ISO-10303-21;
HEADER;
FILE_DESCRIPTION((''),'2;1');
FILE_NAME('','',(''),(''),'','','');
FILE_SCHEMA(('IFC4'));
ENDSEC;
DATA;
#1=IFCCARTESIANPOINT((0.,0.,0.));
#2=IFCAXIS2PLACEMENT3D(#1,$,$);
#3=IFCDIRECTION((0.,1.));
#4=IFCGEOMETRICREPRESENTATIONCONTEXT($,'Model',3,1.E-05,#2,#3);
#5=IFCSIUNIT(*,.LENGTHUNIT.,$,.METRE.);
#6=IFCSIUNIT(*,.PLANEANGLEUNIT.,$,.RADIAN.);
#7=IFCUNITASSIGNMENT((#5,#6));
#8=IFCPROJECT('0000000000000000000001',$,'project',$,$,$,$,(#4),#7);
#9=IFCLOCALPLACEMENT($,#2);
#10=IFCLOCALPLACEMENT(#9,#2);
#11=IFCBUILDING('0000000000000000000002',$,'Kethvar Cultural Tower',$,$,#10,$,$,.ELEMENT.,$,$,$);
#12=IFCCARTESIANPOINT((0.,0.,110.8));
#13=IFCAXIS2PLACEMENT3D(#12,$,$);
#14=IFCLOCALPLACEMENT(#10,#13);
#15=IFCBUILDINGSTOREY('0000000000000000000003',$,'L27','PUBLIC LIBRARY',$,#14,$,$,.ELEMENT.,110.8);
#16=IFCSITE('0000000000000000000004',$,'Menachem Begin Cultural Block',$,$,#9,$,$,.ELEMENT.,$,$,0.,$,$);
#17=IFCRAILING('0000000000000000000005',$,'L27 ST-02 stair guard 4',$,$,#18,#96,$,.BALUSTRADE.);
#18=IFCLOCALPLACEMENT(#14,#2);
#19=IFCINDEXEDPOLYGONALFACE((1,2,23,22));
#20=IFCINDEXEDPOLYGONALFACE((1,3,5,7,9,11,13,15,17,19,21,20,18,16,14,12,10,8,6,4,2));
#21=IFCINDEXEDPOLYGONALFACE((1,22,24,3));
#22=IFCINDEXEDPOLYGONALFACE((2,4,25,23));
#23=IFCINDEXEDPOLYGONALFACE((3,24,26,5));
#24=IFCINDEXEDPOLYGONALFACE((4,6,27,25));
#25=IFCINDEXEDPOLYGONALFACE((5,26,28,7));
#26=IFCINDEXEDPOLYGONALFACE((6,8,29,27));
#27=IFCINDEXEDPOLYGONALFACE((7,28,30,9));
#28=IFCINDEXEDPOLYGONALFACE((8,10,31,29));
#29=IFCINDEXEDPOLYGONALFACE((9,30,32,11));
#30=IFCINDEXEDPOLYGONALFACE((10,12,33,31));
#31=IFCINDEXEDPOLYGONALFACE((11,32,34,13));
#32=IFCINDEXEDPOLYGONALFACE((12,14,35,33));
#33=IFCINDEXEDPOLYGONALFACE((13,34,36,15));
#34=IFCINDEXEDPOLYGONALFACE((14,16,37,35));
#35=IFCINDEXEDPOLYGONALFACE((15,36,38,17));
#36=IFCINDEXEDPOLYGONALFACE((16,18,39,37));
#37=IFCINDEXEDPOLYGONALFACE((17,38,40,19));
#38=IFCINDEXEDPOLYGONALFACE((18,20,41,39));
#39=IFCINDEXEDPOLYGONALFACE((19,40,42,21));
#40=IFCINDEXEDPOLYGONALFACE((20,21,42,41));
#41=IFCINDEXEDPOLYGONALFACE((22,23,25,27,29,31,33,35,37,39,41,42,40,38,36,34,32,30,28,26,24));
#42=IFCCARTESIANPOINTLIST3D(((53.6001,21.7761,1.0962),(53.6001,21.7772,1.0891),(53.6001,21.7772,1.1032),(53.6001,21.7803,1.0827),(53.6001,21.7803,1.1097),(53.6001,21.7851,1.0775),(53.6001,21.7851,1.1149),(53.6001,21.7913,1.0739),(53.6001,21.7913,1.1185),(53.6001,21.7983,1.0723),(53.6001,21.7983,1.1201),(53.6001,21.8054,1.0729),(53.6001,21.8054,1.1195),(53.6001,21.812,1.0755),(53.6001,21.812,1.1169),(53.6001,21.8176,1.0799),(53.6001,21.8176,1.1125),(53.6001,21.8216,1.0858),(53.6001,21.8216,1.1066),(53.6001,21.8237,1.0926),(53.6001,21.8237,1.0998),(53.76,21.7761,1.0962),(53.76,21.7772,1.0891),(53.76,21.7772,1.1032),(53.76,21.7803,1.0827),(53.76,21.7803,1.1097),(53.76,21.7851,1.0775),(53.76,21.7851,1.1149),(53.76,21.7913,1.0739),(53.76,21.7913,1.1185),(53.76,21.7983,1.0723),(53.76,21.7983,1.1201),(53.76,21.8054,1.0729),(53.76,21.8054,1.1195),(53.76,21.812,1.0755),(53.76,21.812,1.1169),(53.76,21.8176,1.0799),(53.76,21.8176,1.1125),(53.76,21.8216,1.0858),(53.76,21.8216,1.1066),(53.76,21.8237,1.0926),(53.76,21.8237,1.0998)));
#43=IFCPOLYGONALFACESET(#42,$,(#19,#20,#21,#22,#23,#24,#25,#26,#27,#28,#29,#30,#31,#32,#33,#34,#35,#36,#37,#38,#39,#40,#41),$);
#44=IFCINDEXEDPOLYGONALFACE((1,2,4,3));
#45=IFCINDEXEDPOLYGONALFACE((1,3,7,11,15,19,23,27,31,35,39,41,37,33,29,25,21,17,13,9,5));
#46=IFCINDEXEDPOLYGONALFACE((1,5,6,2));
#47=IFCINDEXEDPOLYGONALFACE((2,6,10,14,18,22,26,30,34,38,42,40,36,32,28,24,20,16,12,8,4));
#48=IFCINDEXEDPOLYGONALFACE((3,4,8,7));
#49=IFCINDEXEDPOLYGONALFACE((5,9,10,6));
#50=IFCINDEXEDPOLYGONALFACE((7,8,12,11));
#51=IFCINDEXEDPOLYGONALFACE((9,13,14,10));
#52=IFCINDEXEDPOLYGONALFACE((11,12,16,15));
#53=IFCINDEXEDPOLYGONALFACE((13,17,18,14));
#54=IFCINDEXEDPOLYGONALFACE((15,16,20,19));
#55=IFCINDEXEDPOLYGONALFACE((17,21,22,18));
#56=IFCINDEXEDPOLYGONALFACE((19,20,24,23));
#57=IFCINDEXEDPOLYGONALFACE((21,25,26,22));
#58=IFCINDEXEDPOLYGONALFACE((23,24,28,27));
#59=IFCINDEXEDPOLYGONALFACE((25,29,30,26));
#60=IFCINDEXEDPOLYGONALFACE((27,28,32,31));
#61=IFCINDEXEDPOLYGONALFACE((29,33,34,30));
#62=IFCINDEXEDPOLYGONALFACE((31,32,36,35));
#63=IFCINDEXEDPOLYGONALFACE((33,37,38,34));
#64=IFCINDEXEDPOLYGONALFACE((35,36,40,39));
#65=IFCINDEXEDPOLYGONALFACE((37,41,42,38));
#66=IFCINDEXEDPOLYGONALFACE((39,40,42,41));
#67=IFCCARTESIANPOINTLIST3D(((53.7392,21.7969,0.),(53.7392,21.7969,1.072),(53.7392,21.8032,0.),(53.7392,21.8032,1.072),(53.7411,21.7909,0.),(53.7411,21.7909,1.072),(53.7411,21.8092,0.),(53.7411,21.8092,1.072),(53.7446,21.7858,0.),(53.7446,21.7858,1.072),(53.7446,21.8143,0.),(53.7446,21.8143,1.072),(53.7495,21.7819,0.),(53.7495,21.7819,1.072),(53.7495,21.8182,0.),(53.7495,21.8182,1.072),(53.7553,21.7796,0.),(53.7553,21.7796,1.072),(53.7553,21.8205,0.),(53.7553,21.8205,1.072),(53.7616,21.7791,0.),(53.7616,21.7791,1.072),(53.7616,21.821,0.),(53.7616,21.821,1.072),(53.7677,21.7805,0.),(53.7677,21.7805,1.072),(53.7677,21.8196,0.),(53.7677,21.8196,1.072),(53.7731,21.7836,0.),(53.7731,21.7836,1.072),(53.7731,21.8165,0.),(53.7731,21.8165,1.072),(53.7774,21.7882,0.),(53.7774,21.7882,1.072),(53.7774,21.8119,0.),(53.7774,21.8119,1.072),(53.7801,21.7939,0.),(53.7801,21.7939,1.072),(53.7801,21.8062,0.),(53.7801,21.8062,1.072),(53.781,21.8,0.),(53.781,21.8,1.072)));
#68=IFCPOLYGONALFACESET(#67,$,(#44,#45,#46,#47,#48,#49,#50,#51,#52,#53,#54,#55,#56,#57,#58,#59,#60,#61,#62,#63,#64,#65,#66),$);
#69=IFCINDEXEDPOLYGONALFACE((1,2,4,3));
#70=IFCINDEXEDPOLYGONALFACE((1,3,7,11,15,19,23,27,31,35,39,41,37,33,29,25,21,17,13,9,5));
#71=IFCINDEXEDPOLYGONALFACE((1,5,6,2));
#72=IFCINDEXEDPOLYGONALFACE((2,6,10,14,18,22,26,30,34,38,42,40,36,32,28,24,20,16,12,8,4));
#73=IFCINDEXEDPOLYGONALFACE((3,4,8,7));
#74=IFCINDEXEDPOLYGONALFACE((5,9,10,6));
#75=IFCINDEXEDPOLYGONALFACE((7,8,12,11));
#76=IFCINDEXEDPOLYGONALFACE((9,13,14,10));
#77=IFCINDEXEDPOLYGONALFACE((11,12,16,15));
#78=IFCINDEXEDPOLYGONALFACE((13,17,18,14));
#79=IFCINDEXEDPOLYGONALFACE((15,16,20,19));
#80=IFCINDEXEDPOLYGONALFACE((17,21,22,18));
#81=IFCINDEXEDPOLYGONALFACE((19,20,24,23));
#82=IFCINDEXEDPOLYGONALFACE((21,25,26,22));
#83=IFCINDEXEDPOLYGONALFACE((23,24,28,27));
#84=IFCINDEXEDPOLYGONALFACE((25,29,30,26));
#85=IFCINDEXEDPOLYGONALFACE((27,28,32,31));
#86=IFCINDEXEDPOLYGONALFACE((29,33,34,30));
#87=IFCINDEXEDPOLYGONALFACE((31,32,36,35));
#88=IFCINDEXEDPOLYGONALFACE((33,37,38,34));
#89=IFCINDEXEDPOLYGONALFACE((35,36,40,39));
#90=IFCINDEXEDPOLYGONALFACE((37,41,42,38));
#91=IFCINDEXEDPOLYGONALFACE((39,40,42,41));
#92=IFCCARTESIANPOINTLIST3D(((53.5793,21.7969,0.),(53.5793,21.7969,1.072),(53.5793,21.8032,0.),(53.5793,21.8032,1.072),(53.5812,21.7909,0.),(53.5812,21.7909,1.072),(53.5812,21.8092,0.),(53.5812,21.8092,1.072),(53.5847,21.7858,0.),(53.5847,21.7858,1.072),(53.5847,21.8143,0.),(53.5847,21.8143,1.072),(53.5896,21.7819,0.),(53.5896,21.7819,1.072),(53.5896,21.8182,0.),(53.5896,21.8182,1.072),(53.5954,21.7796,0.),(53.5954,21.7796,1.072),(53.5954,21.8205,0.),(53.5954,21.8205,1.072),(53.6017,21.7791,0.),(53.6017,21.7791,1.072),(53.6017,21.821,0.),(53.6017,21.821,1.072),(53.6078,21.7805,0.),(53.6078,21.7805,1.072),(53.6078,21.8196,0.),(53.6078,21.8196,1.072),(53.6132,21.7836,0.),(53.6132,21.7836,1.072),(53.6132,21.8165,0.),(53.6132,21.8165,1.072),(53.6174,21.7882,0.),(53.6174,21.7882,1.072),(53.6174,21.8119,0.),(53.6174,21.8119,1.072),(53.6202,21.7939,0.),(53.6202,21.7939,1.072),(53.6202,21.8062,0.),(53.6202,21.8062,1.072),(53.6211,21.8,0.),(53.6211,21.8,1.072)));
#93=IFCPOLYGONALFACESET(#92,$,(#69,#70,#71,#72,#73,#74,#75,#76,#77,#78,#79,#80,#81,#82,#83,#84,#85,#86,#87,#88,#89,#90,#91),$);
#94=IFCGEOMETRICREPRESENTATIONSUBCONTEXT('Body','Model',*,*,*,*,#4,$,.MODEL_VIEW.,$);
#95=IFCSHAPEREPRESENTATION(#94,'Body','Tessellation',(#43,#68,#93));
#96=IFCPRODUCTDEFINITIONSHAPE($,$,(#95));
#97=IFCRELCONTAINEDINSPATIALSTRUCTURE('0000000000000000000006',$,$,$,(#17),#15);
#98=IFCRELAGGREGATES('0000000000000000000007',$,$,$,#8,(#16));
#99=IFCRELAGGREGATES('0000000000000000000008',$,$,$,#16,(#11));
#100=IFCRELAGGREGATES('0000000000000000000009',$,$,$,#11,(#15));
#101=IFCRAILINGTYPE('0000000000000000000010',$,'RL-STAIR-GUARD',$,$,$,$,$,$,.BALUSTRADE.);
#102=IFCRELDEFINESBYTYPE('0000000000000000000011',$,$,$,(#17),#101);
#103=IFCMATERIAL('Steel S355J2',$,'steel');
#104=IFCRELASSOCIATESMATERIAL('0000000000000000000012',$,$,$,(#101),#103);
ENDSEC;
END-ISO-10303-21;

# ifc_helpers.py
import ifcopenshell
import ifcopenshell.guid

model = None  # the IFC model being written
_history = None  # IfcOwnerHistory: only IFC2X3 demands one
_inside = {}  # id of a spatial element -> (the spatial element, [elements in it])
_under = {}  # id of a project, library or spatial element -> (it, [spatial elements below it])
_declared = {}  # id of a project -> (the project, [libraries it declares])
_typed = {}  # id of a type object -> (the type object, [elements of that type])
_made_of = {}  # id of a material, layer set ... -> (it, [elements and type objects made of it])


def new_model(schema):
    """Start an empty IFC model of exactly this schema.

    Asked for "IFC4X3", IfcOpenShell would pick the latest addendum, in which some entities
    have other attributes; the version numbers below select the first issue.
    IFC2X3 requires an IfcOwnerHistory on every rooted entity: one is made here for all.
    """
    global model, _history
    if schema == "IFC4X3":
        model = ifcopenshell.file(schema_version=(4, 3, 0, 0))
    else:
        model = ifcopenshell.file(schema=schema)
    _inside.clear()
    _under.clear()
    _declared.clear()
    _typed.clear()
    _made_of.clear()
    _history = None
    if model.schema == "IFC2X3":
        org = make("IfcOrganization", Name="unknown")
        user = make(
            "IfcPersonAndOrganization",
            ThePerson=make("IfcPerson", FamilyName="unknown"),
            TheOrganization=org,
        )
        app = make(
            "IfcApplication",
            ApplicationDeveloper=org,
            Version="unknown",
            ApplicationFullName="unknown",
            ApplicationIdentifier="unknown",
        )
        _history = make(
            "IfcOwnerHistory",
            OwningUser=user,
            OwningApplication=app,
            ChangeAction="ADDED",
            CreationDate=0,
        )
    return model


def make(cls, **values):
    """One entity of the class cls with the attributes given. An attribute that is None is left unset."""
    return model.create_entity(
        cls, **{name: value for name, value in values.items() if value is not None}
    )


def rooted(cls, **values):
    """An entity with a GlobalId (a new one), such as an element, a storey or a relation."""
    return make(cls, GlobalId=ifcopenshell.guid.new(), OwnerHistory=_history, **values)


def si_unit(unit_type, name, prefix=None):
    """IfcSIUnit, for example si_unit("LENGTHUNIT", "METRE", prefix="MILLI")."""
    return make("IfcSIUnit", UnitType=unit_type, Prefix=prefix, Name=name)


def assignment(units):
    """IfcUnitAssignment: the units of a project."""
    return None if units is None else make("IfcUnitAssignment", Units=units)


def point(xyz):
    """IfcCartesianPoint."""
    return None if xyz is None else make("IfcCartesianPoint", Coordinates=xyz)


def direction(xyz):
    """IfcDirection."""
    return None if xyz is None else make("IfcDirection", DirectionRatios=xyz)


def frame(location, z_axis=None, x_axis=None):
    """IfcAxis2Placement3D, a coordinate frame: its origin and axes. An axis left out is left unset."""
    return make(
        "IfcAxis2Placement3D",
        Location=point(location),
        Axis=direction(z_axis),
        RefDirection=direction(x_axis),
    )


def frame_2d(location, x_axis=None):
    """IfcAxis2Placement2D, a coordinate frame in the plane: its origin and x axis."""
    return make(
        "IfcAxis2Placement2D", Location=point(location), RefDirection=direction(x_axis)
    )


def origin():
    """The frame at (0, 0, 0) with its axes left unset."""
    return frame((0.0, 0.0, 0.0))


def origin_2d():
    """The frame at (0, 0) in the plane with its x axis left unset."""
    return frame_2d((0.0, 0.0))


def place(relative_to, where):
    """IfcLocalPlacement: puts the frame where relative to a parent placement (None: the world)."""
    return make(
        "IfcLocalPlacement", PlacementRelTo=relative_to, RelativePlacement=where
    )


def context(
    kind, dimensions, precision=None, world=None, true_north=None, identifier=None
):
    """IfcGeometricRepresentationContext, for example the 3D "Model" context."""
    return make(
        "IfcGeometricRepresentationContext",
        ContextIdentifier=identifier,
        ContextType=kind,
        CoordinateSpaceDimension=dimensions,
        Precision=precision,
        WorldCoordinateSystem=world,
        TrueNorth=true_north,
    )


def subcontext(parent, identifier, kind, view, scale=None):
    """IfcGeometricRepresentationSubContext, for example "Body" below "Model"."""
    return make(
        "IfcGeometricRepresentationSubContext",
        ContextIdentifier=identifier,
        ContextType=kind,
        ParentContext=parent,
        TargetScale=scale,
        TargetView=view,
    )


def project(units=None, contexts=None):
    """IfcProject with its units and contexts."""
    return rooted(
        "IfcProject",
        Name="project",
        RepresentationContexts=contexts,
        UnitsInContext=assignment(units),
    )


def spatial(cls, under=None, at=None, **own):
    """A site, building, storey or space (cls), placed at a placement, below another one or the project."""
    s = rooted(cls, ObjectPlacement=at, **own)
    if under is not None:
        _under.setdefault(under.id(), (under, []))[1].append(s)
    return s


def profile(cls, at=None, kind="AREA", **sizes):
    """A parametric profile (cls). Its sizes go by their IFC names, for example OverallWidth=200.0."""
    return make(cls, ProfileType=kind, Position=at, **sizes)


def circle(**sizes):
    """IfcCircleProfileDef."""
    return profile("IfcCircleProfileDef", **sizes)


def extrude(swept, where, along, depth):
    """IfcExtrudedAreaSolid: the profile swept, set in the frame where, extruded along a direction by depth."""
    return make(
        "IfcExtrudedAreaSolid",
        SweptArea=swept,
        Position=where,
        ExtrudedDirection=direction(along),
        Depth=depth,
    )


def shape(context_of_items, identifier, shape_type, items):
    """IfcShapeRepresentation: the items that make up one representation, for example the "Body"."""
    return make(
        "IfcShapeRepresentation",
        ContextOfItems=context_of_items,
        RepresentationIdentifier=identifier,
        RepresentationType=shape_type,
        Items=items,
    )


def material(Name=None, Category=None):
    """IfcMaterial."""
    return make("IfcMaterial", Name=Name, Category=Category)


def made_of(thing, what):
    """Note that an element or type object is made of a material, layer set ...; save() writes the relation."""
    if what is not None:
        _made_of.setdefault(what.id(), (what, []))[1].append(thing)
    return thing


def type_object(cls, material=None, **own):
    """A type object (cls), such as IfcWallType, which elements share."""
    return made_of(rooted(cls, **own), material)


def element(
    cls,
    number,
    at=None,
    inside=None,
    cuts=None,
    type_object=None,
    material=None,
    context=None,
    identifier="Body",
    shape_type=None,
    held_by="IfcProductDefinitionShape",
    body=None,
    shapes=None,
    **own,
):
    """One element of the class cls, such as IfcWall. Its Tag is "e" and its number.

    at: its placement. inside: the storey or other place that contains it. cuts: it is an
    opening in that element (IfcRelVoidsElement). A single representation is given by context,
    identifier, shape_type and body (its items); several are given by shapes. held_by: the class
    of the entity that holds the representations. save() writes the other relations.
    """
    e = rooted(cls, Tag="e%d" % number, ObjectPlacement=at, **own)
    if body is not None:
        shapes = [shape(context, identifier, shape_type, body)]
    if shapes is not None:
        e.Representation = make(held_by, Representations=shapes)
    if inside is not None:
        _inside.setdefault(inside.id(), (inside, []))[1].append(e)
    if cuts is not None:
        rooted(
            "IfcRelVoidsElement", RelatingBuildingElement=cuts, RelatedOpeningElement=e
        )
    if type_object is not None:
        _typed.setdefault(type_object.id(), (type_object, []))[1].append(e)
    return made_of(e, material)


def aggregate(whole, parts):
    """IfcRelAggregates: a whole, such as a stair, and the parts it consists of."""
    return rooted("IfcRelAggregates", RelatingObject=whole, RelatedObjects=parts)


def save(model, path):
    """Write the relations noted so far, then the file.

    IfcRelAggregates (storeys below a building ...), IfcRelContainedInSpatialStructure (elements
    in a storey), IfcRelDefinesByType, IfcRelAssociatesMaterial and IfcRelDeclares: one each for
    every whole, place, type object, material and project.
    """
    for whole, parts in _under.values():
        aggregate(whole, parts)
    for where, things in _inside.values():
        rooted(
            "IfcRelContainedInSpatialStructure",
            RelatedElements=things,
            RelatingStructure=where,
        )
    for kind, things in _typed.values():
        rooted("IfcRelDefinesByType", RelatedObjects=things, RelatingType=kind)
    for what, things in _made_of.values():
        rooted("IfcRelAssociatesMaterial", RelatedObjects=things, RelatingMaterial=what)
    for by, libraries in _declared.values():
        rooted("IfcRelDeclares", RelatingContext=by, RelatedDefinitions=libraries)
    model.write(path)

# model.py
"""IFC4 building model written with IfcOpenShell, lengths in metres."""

from ifc_helpers import new_model, si_unit, direction, frame, origin, origin_2d, place, context, subcontext, project, spatial, circle, extrude, material, type_object, element, save


model = new_model("IFC4")

# Units and contexts
model_context = context("Model", 3, precision=1e-05, world=origin(), true_north=direction((0.0, 1.0)))
body_context = subcontext(model_context, "Body", "Model", "MODEL_VIEW")
ifc_project = project(units=[si_unit("LENGTHUNIT", "METRE"), si_unit("PLANEANGLEUNIT", "RADIAN")], contexts=[model_context])

# Site, building, storey
site_placement = place(None, origin())
site = spatial("IfcSite", under=ifc_project, at=site_placement, Name="Menachem Begin Cultural Block", CompositionType="ELEMENT", RefElevation=0.0)
building_placement = place(site_placement, origin())
building = spatial("IfcBuilding", under=site, at=building_placement, Name="Kethvar Cultural Tower", CompositionType="ELEMENT")
storey_placement = place(building_placement, frame((0.0, 0.0, 110.8)))
storey = spatial("IfcBuildingStorey", under=building, at=storey_placement, Name="L27", Description="PUBLIC LIBRARY", CompositionType="ELEMENT", Elevation=110.8)

# Shared definitions
ifc_material_1 = material(Name="Steel S355J2", Category="steel")

# Railing
railing_type_1 = type_object("IfcRailingType", Name="RL-STAIR-GUARD", PredefinedType="BALUSTRADE", material=ifc_material_1)
railing_1_placement = place(storey_placement, frame((53.76, 21.8, 0.0)))
element("IfcRailing", 1, at=railing_1_placement, inside=storey, type_object=railing_type_1, Name="L27 ST-02 stair guard 4", PredefinedType="BALUSTRADE", context=body_context, shape_type="SweptSolid", body=[
    extrude(circle(Radius=0.0239, at=origin_2d()), frame((0.0, 0.0, 1.0962), z_axis=(-1.0, 0.0, 0.0), x_axis=(0.0, -1.0, 0.0)), (0.0, 0.0, 1.0), 0.1599),
    extrude(circle(Radius=0.021, at=origin_2d()), origin(), (0.0, 0.0, 1.0), 1.072),
    extrude(circle(Radius=0.021, at=origin_2d()), frame((-0.1599, 0.0, 0.0)), (0.0, 0.0, 1.0), 1.072),
])

save(model, "model.ifc")
